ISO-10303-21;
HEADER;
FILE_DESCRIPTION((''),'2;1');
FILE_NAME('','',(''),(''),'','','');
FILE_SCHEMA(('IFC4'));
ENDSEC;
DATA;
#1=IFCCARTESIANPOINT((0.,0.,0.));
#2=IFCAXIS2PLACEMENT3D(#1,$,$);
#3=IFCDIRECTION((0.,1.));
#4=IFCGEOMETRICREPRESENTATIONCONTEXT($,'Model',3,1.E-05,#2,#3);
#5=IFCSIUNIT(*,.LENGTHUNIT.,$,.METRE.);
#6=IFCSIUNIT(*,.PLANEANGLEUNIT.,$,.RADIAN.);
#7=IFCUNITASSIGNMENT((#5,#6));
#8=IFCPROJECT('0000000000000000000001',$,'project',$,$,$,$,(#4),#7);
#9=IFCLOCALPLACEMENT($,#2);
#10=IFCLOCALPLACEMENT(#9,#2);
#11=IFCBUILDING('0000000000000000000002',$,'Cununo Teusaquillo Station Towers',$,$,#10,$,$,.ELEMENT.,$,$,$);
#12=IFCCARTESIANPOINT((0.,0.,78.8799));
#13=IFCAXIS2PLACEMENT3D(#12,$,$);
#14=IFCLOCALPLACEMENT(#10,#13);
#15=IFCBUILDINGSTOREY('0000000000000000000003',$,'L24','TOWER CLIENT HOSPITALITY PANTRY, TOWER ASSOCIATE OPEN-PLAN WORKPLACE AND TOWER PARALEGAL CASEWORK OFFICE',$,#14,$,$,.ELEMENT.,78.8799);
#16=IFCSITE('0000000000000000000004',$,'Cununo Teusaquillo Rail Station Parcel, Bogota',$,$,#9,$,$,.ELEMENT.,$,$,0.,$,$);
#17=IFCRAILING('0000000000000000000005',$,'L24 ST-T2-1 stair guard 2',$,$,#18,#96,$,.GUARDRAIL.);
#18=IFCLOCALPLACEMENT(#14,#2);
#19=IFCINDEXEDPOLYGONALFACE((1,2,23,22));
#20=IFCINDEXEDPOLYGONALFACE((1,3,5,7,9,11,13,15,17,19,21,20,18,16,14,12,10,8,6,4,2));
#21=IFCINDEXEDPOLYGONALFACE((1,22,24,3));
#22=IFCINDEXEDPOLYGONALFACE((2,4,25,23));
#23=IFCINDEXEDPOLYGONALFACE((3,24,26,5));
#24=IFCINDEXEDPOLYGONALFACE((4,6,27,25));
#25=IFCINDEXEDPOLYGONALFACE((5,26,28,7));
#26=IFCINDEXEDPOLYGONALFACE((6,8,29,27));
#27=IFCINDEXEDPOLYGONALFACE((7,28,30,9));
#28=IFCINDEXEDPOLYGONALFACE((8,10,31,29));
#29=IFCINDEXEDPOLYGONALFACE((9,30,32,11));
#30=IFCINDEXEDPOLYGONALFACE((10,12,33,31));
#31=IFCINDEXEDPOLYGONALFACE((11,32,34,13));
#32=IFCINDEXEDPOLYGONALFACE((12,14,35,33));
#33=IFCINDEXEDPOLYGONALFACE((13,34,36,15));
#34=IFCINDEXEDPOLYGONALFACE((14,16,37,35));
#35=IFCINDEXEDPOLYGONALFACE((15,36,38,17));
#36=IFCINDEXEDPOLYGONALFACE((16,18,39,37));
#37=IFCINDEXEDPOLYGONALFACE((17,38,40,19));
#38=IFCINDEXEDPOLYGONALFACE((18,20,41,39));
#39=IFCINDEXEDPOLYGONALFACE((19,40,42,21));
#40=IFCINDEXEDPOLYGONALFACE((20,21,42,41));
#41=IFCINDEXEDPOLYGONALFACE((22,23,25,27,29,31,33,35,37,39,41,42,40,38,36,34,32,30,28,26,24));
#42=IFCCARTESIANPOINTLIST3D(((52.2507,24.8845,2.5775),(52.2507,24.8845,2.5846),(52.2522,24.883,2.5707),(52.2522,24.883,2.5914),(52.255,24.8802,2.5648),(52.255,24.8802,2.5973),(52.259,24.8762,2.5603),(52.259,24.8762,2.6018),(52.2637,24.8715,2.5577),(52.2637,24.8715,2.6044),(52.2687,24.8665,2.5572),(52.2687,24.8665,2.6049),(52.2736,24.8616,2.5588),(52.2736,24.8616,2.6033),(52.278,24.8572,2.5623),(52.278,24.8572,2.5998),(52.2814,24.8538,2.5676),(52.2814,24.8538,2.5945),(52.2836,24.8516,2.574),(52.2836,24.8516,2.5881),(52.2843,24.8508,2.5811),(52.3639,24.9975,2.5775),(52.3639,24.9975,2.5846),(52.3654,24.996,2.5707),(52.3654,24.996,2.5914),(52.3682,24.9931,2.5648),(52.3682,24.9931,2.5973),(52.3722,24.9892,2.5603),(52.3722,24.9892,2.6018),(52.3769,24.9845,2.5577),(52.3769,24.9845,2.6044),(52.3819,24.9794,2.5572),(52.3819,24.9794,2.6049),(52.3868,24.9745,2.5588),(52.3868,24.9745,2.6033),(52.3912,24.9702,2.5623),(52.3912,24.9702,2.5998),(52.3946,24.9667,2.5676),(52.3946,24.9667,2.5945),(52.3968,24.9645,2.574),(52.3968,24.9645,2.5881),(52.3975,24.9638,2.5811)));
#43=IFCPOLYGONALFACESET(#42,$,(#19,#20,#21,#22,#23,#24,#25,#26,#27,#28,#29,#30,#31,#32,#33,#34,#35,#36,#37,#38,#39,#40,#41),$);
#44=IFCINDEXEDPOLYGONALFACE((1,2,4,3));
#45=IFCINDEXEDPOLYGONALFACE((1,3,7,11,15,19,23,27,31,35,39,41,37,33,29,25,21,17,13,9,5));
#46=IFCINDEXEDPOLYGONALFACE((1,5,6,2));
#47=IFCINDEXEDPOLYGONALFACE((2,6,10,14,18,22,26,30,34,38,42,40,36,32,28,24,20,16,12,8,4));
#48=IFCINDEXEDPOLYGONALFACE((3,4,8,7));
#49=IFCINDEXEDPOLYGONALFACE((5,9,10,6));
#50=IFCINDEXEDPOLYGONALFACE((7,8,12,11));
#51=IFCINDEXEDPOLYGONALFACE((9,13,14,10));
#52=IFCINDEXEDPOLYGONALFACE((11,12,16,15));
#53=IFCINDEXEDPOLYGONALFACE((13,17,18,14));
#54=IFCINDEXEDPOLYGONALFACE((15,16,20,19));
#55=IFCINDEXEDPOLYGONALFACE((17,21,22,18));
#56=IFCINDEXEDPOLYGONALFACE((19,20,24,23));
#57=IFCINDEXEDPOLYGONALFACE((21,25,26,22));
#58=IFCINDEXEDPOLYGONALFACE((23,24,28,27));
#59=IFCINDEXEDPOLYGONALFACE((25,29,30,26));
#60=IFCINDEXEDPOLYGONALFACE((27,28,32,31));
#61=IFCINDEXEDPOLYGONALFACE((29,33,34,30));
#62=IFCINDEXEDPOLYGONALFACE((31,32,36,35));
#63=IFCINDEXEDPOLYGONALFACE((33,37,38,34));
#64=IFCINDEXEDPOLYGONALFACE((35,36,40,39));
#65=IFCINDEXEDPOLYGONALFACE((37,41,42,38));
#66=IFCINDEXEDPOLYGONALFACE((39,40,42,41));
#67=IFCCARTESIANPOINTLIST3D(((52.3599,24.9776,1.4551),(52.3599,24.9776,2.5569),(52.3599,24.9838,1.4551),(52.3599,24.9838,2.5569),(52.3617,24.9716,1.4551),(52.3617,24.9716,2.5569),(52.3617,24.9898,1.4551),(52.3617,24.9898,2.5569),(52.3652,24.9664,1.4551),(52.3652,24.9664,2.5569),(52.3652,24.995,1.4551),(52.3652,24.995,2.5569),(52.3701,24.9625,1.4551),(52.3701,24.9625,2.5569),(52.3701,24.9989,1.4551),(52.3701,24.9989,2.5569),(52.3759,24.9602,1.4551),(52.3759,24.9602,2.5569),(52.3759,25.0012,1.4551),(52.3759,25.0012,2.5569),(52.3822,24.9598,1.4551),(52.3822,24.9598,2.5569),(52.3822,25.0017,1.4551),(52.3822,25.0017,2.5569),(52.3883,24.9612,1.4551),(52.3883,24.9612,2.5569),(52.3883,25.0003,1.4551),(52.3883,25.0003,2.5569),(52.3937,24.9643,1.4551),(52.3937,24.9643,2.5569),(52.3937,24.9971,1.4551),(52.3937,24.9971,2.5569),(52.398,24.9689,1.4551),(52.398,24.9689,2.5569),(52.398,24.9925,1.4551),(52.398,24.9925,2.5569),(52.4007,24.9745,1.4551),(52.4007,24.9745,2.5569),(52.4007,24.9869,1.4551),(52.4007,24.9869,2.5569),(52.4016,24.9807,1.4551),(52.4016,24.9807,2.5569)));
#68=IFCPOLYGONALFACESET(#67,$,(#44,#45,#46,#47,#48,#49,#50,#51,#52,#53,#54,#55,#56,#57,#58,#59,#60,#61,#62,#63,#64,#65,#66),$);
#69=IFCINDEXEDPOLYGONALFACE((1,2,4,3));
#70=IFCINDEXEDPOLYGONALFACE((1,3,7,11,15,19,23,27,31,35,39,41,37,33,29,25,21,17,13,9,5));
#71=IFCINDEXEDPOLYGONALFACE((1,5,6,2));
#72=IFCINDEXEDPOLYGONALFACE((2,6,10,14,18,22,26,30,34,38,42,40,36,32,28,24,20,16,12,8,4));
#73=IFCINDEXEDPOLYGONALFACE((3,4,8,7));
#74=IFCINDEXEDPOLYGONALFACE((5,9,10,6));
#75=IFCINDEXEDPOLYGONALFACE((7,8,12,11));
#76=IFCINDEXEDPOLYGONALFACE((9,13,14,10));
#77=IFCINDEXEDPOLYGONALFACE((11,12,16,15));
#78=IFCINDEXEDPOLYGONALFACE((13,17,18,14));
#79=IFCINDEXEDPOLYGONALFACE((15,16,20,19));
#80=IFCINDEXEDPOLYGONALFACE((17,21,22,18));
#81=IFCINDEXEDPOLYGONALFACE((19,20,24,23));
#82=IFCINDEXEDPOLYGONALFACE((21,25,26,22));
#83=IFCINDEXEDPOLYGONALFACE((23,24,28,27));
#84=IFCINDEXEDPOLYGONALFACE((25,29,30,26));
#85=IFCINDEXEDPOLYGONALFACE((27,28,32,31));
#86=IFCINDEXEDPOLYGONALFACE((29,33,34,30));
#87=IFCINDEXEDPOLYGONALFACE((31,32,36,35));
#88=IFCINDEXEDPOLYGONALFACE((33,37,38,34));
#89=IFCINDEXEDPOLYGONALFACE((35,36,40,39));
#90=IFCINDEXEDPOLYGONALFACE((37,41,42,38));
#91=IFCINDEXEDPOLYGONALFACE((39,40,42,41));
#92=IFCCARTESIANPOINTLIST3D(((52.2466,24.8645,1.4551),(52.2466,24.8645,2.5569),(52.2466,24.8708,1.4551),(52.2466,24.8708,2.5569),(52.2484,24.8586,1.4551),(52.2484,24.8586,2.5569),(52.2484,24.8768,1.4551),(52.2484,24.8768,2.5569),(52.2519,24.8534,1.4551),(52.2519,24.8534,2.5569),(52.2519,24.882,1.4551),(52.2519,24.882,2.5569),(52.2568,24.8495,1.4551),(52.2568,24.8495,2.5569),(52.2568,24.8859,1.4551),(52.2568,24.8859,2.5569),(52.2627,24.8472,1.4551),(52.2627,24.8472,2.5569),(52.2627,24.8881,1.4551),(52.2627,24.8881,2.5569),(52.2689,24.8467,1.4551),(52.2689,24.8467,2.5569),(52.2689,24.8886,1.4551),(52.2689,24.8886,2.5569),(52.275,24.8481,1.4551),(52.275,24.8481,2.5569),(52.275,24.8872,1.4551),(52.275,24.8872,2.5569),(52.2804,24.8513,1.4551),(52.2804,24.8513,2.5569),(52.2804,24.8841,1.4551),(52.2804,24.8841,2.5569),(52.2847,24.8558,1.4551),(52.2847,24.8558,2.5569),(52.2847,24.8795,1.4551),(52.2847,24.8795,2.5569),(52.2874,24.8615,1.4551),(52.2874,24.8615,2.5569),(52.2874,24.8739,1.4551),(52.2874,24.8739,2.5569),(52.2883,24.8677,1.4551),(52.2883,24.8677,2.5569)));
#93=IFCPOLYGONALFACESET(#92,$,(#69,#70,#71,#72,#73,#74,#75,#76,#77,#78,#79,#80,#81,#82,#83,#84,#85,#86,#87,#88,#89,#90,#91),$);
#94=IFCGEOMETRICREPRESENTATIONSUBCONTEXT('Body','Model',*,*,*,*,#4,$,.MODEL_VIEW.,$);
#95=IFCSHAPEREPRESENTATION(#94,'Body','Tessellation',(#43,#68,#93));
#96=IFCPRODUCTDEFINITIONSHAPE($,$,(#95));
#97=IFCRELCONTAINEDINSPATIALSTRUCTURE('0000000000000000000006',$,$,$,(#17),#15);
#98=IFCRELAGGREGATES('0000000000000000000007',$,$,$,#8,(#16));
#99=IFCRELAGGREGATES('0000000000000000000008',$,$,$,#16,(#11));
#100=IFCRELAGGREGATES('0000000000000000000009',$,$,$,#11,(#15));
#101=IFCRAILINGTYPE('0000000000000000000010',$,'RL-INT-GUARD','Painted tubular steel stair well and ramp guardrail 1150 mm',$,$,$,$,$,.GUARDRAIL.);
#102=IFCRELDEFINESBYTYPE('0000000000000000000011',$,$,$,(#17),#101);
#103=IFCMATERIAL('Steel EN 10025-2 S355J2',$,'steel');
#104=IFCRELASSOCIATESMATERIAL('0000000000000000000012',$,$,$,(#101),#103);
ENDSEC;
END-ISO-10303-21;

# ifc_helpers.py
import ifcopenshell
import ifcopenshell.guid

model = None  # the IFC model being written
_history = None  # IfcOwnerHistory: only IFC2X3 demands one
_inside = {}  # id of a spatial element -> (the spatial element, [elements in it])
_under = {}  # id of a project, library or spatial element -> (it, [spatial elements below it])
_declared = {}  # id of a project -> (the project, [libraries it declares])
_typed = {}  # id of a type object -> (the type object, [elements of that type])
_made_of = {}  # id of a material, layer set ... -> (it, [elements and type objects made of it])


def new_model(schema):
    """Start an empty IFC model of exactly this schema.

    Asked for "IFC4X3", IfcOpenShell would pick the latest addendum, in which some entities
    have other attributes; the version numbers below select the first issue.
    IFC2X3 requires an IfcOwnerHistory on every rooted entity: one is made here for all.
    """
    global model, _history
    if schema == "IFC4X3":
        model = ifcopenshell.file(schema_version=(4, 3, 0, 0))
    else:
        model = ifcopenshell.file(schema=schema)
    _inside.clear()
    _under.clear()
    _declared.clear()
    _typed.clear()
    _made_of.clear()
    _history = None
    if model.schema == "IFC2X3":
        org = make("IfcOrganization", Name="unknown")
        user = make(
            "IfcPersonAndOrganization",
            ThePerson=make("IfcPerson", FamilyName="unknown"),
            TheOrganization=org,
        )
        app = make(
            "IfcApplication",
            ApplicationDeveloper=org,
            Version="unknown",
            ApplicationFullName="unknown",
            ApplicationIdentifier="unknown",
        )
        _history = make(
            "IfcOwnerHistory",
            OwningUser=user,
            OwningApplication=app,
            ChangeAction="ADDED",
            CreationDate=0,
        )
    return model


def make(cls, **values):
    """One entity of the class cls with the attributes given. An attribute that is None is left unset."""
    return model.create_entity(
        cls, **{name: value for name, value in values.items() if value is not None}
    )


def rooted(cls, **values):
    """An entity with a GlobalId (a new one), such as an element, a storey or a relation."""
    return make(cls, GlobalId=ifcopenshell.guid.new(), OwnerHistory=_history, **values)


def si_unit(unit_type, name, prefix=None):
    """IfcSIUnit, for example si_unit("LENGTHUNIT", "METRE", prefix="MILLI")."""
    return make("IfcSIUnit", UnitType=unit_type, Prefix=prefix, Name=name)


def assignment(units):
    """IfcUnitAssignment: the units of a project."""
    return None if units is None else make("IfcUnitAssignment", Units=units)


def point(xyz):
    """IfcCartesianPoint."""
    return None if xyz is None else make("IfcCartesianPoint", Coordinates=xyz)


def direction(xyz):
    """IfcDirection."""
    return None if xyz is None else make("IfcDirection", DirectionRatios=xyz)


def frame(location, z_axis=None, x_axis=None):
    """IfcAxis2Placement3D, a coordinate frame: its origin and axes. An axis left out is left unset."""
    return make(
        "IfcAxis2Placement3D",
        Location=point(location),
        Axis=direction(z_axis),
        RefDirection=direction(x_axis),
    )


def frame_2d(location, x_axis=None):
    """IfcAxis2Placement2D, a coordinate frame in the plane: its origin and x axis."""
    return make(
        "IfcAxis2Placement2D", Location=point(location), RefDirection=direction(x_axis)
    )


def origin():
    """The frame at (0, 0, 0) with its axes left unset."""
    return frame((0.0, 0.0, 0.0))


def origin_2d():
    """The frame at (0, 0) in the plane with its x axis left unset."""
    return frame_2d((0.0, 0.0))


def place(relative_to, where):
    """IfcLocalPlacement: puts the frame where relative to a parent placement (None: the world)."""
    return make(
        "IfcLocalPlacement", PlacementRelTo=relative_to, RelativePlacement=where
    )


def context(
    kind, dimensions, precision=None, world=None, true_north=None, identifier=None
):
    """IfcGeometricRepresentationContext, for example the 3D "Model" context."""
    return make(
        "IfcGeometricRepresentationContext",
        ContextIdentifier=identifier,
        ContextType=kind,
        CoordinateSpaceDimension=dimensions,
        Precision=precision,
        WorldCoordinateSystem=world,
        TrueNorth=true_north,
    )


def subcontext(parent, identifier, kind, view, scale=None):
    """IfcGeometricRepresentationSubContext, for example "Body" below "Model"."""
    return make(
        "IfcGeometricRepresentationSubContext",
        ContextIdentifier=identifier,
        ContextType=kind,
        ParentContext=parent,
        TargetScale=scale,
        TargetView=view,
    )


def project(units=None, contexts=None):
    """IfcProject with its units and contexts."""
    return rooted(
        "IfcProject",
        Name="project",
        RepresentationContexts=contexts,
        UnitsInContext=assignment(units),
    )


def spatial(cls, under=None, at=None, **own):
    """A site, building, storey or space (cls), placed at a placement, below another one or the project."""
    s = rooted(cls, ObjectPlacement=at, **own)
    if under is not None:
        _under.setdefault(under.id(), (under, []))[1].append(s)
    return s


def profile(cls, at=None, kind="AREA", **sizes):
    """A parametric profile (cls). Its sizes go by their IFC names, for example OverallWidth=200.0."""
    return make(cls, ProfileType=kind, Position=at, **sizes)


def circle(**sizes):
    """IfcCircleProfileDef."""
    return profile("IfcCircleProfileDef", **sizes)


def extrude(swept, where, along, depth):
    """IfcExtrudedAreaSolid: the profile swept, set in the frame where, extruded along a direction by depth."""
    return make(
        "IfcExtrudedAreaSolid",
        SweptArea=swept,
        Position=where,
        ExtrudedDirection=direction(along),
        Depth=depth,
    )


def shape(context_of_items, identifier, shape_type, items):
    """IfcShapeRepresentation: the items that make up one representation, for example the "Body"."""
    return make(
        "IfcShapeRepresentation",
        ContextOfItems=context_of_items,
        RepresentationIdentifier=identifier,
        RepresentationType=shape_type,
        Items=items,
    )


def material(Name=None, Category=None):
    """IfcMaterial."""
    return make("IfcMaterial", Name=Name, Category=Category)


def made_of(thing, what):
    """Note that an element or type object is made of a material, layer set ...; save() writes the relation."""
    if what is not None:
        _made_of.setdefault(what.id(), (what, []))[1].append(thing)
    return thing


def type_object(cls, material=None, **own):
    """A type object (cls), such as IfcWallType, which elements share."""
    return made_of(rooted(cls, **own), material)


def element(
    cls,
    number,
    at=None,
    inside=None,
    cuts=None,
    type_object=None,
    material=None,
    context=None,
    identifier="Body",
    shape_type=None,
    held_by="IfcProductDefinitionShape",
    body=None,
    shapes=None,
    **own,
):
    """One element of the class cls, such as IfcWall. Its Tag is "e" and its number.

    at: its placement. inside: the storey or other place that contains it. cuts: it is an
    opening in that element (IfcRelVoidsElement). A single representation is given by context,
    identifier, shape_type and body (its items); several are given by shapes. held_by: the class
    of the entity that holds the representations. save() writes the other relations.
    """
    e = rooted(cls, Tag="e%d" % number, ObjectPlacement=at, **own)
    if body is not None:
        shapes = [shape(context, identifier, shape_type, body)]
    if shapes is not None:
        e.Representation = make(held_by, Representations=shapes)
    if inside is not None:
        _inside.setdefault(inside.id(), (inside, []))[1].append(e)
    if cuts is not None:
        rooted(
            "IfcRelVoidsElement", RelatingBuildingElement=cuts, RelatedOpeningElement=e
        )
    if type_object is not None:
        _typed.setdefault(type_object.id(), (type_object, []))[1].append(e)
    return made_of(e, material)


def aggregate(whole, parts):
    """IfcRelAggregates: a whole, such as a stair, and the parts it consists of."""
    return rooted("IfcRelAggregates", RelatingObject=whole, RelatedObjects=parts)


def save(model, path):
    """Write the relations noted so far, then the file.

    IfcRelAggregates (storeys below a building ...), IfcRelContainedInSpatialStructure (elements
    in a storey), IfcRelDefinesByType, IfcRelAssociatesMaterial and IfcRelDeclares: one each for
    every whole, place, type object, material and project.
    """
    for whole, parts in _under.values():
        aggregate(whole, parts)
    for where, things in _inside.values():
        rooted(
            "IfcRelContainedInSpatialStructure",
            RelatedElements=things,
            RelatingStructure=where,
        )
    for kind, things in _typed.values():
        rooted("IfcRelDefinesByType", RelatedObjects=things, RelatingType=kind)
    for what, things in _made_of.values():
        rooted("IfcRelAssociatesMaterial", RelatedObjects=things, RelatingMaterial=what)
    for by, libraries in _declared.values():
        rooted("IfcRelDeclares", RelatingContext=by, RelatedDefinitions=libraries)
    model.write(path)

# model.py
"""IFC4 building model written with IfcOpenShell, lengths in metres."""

from ifc_helpers import new_model, si_unit, direction, frame, origin, origin_2d, place, context, subcontext, project, spatial, circle, extrude, material, type_object, element, save


model = new_model("IFC4")

# Units and contexts
model_context = context("Model", 3, precision=1e-05, world=origin(), true_north=direction((0.0, 1.0)))
body_context = subcontext(model_context, "Body", "Model", "MODEL_VIEW")
ifc_project = project(units=[si_unit("LENGTHUNIT", "METRE"), si_unit("PLANEANGLEUNIT", "RADIAN")], contexts=[model_context])

# Site, building, storey
site_placement = place(None, origin())
site = spatial("IfcSite", under=ifc_project, at=site_placement, Name="Cununo Teusaquillo Rail Station Parcel, Bogota", CompositionType="ELEMENT", RefElevation=0.0)
building_placement = place(site_placement, origin())
building = spatial("IfcBuilding", under=site, at=building_placement, Name="Cununo Teusaquillo Station Towers", CompositionType="ELEMENT")
storey_placement = place(building_placement, frame((0.0, 0.0, 78.8799)))
storey = spatial("IfcBuildingStorey", under=building, at=storey_placement, Name="L24", Description="TOWER CLIENT HOSPITALITY PANTRY, TOWER ASSOCIATE OPEN-PLAN WORKPLACE AND TOWER PARALEGAL CASEWORK OFFICE", CompositionType="ELEMENT", Elevation=78.8799)

# Railing
ifc_material_1 = material(Name="Steel EN 10025-2 S355J2", Category="steel")
railing_type_1 = type_object("IfcRailingType", Name="RL-INT-GUARD", Description="Painted tubular steel stair well and ramp guardrail 1150 mm", PredefinedType="GUARDRAIL", material=ifc_material_1)
railing_1_placement = place(storey_placement, frame((52.3806, 24.9807, 1.4551)))
element("IfcRailing", 1, at=railing_1_placement, inside=storey, type_object=railing_type_1, Name="L24 ST-T2-1 stair guard 2", PredefinedType="GUARDRAIL", context=body_context, shape_type="SweptSolid", body=[
    extrude(circle(Radius=0.0239, at=origin_2d()), frame((0.0, 0.0, 1.126), z_axis=(-0.707869, -0.706344, 0.0), x_axis=(0.706344, -0.707869, 0.0)), (0.0, 0.0, 1.0), 0.1599),
    extrude(circle(Radius=0.021, at=origin_2d()), origin(), (0.0, 0.0, 1.0), 1.1018),
    extrude(circle(Radius=0.021, at=origin_2d()), frame((-0.1133, -0.113, 0.0)), (0.0, 0.0, 1.0), 1.1018),
])

save(model, "model.ifc")
